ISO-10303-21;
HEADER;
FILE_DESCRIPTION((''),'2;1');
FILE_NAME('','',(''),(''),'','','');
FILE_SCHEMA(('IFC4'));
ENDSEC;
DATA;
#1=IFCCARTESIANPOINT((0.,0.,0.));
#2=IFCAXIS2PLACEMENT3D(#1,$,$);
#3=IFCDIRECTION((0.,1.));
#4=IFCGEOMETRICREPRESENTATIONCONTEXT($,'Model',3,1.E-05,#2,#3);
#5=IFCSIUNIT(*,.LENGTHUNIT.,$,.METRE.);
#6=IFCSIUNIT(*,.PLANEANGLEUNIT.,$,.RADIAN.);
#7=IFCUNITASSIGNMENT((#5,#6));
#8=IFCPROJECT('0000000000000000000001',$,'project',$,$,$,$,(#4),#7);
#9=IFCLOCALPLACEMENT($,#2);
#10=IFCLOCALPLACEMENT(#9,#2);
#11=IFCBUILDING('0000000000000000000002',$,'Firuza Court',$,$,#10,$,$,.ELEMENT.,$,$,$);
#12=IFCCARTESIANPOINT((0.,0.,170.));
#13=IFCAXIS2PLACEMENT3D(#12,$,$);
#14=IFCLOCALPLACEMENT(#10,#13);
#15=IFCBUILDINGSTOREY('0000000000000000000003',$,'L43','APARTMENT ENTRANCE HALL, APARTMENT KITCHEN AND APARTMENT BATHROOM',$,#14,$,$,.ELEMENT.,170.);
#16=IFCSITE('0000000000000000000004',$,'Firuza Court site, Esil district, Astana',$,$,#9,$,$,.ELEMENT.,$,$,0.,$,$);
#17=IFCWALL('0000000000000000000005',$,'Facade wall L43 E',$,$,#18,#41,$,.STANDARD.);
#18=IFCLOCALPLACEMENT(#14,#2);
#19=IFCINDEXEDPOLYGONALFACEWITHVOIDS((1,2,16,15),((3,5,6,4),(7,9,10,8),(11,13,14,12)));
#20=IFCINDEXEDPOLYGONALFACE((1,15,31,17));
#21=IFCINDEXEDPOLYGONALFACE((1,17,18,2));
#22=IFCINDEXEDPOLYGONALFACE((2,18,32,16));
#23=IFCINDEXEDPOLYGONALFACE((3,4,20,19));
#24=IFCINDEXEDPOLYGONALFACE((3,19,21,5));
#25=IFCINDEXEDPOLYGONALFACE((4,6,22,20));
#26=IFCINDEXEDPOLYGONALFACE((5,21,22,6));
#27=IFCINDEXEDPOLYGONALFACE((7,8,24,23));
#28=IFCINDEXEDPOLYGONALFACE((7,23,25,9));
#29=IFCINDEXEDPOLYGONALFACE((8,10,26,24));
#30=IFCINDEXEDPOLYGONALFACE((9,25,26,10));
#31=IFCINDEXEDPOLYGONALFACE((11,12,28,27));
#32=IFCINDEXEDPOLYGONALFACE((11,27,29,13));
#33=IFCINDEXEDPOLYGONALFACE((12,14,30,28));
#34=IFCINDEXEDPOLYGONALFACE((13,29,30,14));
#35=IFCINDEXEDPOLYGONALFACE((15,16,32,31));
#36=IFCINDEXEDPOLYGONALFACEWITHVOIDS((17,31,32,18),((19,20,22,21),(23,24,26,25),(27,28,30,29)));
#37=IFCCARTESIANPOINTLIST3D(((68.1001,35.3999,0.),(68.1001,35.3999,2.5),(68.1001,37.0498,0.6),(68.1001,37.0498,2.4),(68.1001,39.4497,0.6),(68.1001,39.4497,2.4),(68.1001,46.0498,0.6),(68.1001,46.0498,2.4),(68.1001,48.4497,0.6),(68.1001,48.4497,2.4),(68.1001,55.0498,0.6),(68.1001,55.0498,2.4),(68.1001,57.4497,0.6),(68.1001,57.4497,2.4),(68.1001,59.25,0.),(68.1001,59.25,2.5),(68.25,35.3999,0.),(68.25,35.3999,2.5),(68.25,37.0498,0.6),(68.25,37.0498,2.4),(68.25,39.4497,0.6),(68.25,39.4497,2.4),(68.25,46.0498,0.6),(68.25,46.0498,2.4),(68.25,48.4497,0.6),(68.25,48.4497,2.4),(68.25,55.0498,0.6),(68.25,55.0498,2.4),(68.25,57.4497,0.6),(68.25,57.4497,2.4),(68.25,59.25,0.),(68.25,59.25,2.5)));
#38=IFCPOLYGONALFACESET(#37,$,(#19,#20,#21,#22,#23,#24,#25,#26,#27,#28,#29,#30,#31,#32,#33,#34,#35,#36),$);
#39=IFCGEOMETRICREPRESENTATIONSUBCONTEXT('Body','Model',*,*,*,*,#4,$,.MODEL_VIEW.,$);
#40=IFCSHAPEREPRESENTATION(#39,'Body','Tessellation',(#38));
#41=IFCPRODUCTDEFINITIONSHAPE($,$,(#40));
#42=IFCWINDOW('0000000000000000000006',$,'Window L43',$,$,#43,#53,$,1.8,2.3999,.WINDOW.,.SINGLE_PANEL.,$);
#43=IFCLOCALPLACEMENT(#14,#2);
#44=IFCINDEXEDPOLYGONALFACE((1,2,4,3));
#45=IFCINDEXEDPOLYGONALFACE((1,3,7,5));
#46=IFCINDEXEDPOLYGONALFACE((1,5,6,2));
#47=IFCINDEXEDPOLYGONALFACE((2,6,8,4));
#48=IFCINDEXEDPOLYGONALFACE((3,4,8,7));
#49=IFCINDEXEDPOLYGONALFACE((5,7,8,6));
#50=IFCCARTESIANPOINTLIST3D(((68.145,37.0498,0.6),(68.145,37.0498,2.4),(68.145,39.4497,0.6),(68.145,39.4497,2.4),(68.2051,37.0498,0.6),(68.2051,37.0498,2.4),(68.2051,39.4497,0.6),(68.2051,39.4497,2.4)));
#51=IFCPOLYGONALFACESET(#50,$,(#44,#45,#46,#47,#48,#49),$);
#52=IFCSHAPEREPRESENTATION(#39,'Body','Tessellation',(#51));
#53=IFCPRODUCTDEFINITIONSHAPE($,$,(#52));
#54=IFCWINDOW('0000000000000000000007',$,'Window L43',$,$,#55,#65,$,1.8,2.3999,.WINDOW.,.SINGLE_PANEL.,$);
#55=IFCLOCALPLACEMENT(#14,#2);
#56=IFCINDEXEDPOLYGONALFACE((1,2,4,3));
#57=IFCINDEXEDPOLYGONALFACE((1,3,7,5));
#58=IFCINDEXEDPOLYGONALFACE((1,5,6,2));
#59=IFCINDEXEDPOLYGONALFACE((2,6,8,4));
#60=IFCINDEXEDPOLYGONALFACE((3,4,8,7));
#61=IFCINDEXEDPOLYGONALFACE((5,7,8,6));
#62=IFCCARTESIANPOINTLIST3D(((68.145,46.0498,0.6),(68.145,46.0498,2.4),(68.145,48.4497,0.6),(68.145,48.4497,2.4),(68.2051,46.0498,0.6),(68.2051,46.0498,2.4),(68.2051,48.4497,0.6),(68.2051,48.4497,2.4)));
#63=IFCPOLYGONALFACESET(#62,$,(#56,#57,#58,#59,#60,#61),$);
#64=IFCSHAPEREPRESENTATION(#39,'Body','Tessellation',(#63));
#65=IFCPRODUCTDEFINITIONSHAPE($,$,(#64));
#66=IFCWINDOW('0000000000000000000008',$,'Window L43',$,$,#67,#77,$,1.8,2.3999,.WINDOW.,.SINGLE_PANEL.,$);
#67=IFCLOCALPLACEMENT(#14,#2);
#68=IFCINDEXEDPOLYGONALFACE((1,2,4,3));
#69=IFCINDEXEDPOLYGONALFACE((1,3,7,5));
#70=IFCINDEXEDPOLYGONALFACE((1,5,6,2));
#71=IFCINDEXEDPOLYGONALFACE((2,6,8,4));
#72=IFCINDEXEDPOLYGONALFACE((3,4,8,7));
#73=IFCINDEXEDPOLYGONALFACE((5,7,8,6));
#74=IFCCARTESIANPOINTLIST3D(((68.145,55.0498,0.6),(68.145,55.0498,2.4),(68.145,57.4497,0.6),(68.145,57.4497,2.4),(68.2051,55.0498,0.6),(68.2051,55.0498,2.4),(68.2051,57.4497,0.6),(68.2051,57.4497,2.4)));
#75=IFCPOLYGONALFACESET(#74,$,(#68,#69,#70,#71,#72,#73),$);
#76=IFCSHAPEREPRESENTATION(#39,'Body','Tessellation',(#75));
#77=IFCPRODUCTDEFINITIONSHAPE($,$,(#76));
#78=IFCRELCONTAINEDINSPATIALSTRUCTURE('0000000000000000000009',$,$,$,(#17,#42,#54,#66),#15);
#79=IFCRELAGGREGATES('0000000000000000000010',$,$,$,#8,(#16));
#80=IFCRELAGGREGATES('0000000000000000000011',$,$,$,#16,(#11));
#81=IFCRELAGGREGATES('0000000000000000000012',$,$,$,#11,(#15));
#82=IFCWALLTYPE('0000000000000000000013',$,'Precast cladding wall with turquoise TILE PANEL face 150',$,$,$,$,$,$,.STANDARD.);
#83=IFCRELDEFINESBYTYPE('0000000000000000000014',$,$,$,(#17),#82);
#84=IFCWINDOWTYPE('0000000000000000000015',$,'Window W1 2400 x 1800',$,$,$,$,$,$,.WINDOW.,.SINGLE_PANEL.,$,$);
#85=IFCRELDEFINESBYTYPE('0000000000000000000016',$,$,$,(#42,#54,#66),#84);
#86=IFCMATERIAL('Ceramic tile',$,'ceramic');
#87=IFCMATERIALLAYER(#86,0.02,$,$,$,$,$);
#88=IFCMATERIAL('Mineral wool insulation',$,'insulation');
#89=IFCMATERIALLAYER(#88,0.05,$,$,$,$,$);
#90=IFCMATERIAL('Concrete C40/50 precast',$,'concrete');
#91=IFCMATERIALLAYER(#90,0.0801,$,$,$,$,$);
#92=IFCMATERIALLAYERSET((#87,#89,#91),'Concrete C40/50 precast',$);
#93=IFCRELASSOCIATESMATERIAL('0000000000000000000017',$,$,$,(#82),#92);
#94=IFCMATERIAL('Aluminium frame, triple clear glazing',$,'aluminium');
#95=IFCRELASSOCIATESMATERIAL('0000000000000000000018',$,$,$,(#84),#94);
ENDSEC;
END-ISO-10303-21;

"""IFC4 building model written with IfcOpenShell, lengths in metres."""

from ifc_helpers import new_model, si_unit, direction, frame, frame_2d, origin, place, context, subcontext, project, spatial, rectangle, extrude, material, layer, layer_set, type_object, element, fill, save


model = new_model("IFC4")

# Units and contexts
model_context = context("Model", 3, precision=1e-05, world=origin(), true_north=direction((0.0, 1.0)))
body_context = subcontext(model_context, "Body", "Model", "MODEL_VIEW")
ifc_project = project(units=[si_unit("LENGTHUNIT", "METRE"), si_unit("PLANEANGLEUNIT", "RADIAN")], contexts=[model_context])

# Site, building, storey
site_placement = place(None, origin())
site = spatial("IfcSite", under=ifc_project, at=site_placement, Name="Firuza Court site, Esil district, Astana", CompositionType="ELEMENT", RefElevation=0.0)
building_placement = place(site_placement, origin())
building = spatial("IfcBuilding", under=site, at=building_placement, Name="Firuza Court", CompositionType="ELEMENT")
storey_placement = place(building_placement, frame((0.0, 0.0, 170.0)))
storey = spatial("IfcBuildingStorey", under=building, at=storey_placement, Name="L43", Description="APARTMENT ENTRANCE HALL, APARTMENT KITCHEN AND APARTMENT BATHROOM", CompositionType="ELEMENT", Elevation=170.0)

# Wall, openings, windows
ifc_material_1 = material(Name="Ceramic tile", Category="ceramic")
ifc_layer_1 = layer(ifc_material_1, 0.02)
ifc_material_2 = material(Name="Mineral wool insulation", Category="insulation")
ifc_layer_2 = layer(ifc_material_2, 0.05)
ifc_material_3 = material(Name="Concrete C40/50 precast", Category="concrete")
ifc_layer_3 = layer(ifc_material_3, 0.0801)
ifc_layer_set_1 = layer_set([ifc_layer_1, ifc_layer_2, ifc_layer_3], Name="Concrete C40/50 precast")
wall_type_1 = type_object("IfcWallType", Name="Precast cladding wall with turquoise TILE PANEL face 150", PredefinedType="STANDARD", material=ifc_layer_set_1)
wall_1_placement = place(storey_placement, frame((68.175, 35.3999, 0.0), z_axis=(0.0, 0.0, 1.0), x_axis=(0.0, 1.0, 0.0)))
wall_1 = element("IfcWall", 1, at=wall_1_placement, inside=storey, type_object=wall_type_1, Name="Facade wall L43 E", PredefinedType="STANDARD", context=body_context, shape_type="SweptSolid", body=[
    extrude(rectangle(XDim=23.8501, YDim=0.1499, at=frame_2d((11.925, 0.0))), origin(), (0.0, 0.0, 1.0), 2.5),
])
opening_1_placement = place(wall_1_placement, frame((1.6499, 0.0, 0.6001)))
opening_1 = element("IfcOpeningElement", 2, at=opening_1_placement, cuts=wall_1, PredefinedType="OPENING", context=body_context, shape_type="SweptSolid", body=[
    extrude(rectangle(XDim=2.3999, YDim=1.8, at=frame_2d((1.2, 0.8999))), frame((0.0, 0.0869, 0.0), z_axis=(0.0, -1.0, 0.0), x_axis=(1.0, 0.0, 0.0)), (0.0, 0.0, 1.0), 0.1738),
])
opening_2_placement = place(wall_1_placement, frame((10.6499, 0.0, 0.6001)))
opening_2 = element("IfcOpeningElement", 3, at=opening_2_placement, cuts=wall_1, PredefinedType="OPENING", context=body_context, shape_type="SweptSolid", body=[
    extrude(rectangle(XDim=2.3999, YDim=1.8, at=frame_2d((1.2, 0.8999))), frame((0.0, 0.0869, 0.0), z_axis=(0.0, -1.0, 0.0), x_axis=(1.0, 0.0, 0.0)), (0.0, 0.0, 1.0), 0.1738),
])
opening_3_placement = place(wall_1_placement, frame((19.6499, 0.0, 0.6001)))
opening_3 = element("IfcOpeningElement", 4, at=opening_3_placement, cuts=wall_1, PredefinedType="OPENING", context=body_context, shape_type="SweptSolid", body=[
    extrude(rectangle(XDim=2.3999, YDim=1.8, at=frame_2d((1.2, 0.8999))), frame((0.0, 0.0869, 0.0), z_axis=(0.0, -1.0, 0.0), x_axis=(1.0, 0.0, 0.0)), (0.0, 0.0, 1.0), 0.1738),
])
ifc_material_4 = material(Name="Aluminium frame, triple clear glazing", Category="aluminium")
window_type = type_object("IfcWindowType", Name="Window W1 2400 x 1800", PartitioningType="SINGLE_PANEL", PredefinedType="WINDOW", material=ifc_material_4)
window_1_placement = place(opening_1_placement, origin())
window_1 = element("IfcWindow", 5, at=window_1_placement, inside=storey, type_object=window_type, Name="Window L43", OverallHeight=1.8, OverallWidth=2.3999, PartitioningType="SINGLE_PANEL", PredefinedType="WINDOW", context=body_context, shape_type="SweptSolid", body=[
    extrude(rectangle(XDim=2.3999, YDim=1.8, at=frame_2d((1.2, 0.8999))), frame((0.0, 0.03, 0.0), z_axis=(0.0, -1.0, 0.0), x_axis=(1.0, 0.0, 0.0)), (0.0, 0.0, 1.0), 0.0601),
])
fill(opening_1, window_1)
window_2_placement = place(opening_2_placement, origin())
window_2 = element("IfcWindow", 6, at=window_2_placement, inside=storey, type_object=window_type, Name="Window L43", OverallHeight=1.8, OverallWidth=2.3999, PartitioningType="SINGLE_PANEL", PredefinedType="WINDOW", context=body_context, shape_type="SweptSolid", body=[
    extrude(rectangle(XDim=2.3999, YDim=1.8, at=frame_2d((1.2, 0.8999))), frame((0.0, 0.03, 0.0), z_axis=(0.0, -1.0, 0.0), x_axis=(1.0, 0.0, 0.0)), (0.0, 0.0, 1.0), 0.0601),
])
fill(opening_2, window_2)
window_3_placement = place(opening_3_placement, origin())
window_3 = element("IfcWindow", 7, at=window_3_placement, inside=storey, type_object=window_type, Name="Window L43", OverallHeight=1.8, OverallWidth=2.3999, PartitioningType="SINGLE_PANEL", PredefinedType="WINDOW", context=body_context, shape_type="SweptSolid", body=[
    extrude(rectangle(XDim=2.3999, YDim=1.8, at=frame_2d((1.2, 0.8999))), frame((0.0, 0.03, 0.0), z_axis=(0.0, -1.0, 0.0), x_axis=(1.0, 0.0, 0.0)), (0.0, 0.0, 1.0), 0.0601),
])
fill(opening_3, window_3)

save(model, "model.ifc")
